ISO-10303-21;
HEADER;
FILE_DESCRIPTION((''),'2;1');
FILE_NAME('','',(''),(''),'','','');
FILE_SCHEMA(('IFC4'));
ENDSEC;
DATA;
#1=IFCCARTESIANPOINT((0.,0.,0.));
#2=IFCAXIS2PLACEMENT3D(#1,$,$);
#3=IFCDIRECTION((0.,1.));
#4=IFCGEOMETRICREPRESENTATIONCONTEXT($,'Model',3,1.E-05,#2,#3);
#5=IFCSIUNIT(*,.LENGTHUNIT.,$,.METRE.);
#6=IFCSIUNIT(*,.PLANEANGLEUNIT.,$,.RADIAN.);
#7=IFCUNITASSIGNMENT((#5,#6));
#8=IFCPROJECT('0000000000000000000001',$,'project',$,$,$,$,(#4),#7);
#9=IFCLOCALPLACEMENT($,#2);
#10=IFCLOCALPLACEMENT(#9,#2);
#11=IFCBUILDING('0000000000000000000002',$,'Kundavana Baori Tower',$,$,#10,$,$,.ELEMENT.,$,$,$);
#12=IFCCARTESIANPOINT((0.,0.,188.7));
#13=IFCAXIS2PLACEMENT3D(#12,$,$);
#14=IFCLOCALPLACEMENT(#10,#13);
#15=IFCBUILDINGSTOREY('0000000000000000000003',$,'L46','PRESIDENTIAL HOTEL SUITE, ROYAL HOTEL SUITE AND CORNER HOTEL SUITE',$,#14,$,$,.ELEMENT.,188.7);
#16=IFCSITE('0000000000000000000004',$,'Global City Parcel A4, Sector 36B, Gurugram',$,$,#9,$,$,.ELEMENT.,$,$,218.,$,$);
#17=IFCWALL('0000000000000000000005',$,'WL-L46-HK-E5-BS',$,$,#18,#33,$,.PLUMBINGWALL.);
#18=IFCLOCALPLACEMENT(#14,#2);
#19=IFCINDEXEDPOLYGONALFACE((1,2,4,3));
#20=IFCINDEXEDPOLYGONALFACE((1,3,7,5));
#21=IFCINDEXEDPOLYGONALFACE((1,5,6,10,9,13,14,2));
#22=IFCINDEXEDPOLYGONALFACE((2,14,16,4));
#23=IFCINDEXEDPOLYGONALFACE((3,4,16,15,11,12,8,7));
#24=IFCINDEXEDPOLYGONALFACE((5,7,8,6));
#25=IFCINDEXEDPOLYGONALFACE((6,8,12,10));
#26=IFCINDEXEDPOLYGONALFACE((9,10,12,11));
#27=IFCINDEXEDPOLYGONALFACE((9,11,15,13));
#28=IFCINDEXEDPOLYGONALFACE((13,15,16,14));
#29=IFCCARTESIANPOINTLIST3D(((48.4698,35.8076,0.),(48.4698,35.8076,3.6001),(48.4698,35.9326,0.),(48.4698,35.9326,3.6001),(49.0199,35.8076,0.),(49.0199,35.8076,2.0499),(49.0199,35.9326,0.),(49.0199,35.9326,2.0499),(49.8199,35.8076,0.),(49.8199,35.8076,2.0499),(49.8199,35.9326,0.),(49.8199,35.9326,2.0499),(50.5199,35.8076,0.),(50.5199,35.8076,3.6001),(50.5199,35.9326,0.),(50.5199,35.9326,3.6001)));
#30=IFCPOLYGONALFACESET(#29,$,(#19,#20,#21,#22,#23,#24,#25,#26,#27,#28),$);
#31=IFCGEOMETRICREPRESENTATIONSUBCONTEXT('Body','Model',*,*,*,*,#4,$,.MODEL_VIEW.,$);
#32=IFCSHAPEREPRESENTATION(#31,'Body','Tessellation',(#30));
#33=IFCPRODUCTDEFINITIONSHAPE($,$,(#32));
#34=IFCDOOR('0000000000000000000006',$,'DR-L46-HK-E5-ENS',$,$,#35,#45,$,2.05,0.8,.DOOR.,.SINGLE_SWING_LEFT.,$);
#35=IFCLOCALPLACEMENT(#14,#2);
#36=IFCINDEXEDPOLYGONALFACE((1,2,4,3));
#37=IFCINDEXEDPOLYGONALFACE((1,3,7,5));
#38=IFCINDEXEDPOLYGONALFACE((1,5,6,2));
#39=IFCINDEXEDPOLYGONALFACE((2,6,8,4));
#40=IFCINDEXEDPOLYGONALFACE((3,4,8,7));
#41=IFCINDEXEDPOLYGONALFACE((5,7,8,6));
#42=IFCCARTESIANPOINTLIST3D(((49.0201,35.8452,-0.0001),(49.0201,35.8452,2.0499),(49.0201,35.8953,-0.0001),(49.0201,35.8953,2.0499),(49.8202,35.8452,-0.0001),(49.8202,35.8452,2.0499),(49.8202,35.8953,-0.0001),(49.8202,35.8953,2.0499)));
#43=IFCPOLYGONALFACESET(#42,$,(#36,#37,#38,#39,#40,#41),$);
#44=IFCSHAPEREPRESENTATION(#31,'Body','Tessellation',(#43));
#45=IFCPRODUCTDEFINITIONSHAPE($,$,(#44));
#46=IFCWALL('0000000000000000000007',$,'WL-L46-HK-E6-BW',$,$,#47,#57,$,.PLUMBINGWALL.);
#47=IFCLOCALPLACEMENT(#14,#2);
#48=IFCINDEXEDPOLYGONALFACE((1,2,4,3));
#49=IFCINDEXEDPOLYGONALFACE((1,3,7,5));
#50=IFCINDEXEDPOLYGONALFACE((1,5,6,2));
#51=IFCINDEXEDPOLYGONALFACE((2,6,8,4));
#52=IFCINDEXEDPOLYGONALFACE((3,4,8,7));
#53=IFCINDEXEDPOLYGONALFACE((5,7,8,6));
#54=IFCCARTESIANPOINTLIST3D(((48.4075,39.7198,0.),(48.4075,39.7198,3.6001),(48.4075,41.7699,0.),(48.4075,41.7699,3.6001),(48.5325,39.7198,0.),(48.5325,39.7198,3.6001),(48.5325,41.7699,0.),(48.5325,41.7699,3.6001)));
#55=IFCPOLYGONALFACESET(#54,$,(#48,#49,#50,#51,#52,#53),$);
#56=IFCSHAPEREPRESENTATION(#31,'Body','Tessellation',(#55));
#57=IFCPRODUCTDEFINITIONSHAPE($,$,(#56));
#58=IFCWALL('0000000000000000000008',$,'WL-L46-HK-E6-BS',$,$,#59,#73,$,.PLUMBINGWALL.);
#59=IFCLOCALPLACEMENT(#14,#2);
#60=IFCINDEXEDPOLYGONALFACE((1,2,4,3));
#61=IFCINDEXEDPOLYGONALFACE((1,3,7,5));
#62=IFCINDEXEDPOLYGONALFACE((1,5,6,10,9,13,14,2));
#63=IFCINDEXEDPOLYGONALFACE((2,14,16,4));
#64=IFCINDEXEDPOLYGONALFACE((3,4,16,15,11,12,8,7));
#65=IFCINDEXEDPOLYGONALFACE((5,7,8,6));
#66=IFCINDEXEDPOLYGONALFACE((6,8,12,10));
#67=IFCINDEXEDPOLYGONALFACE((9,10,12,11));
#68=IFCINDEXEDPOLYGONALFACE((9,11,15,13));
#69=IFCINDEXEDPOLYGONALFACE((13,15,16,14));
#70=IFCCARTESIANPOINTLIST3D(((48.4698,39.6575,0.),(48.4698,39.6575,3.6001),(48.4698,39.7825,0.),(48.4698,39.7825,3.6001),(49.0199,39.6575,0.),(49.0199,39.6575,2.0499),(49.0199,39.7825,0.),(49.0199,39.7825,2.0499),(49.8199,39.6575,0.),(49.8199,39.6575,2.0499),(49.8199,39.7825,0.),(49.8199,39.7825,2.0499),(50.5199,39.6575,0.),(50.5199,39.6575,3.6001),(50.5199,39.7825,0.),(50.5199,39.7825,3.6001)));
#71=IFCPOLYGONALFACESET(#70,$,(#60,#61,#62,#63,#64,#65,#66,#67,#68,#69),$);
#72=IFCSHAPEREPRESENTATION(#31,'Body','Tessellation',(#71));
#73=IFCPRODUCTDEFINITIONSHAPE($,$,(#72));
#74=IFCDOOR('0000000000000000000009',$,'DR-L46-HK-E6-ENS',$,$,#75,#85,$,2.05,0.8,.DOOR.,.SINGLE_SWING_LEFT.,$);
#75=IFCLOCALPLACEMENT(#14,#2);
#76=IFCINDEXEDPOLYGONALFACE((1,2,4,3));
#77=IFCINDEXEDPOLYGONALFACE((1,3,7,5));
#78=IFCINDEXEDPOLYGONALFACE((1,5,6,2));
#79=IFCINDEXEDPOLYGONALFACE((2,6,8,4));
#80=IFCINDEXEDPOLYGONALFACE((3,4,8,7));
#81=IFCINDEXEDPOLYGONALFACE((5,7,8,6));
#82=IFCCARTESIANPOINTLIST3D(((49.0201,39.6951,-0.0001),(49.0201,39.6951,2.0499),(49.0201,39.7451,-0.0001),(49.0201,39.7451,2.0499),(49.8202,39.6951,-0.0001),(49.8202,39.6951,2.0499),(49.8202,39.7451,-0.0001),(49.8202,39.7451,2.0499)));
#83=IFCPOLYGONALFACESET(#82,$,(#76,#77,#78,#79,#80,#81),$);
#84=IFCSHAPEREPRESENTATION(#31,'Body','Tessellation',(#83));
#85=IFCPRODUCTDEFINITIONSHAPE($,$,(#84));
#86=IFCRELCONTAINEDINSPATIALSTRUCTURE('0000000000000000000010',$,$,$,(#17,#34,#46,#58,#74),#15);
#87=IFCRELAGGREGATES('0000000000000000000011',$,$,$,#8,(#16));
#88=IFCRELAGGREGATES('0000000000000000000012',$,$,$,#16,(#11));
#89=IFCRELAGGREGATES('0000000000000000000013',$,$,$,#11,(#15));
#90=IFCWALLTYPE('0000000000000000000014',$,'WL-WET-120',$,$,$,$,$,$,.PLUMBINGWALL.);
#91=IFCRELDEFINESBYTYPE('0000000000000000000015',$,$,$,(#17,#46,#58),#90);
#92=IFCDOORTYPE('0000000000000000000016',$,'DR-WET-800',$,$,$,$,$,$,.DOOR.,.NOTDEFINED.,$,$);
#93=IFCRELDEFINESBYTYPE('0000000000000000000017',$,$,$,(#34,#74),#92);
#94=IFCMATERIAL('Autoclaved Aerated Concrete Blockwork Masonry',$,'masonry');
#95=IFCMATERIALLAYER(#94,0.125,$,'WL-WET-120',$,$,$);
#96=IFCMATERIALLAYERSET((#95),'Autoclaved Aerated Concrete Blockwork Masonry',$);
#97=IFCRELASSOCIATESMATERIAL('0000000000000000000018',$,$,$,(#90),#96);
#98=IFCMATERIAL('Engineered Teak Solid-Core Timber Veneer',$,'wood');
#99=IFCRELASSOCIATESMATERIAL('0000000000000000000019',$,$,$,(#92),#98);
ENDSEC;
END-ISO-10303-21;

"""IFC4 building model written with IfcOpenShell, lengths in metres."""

from ifc_helpers import new_model, si_unit, direction, frame, frame_2d, origin, place, context, subcontext, project, spatial, rectangle, extrude, material, layer, layer_set, type_object, element, fill, save


model = new_model("IFC4")

# Units and contexts
model_context = context("Model", 3, precision=1e-05, world=origin(), true_north=direction((0.0, 1.0)))
body_context = subcontext(model_context, "Body", "Model", "MODEL_VIEW")
ifc_project = project(units=[si_unit("LENGTHUNIT", "METRE"), si_unit("PLANEANGLEUNIT", "RADIAN")], contexts=[model_context])

# Site, building, storey
site_placement = place(None, origin())
site = spatial("IfcSite", under=ifc_project, at=site_placement, Name="Global City Parcel A4, Sector 36B, Gurugram", CompositionType="ELEMENT", RefElevation=218.0)
building_placement = place(site_placement, origin())
building = spatial("IfcBuilding", under=site, at=building_placement, Name="Kundavana Baori Tower", CompositionType="ELEMENT")
storey_placement = place(building_placement, frame((0.0, 0.0, 188.7)))
storey = spatial("IfcBuildingStorey", under=building, at=storey_placement, Name="L46", Description="PRESIDENTIAL HOTEL SUITE, ROYAL HOTEL SUITE AND CORNER HOTEL SUITE", CompositionType="ELEMENT", Elevation=188.7)

# Wall, opening, door
ifc_material_1 = material(Name="Autoclaved Aerated Concrete Blockwork Masonry", Category="masonry")
ifc_layer_1 = layer(ifc_material_1, 0.125, Name="WL-WET-120")
ifc_layer_set_1 = layer_set([ifc_layer_1], Name="Autoclaved Aerated Concrete Blockwork Masonry")
wall_type_1 = type_object("IfcWallType", Name="WL-WET-120", PredefinedType="PLUMBINGWALL", material=ifc_layer_set_1)
wall_1_placement = place(storey_placement, frame((48.47, 35.8701, 0.0), z_axis=(0.0, 0.0, 1.0), x_axis=(1.0, 0.0, 0.0)))
wall_1 = element("IfcWall", 1, at=wall_1_placement, inside=storey, type_object=wall_type_1, Name="WL-L46-HK-E5-BS", PredefinedType="PLUMBINGWALL", context=body_context, shape_type="SweptSolid", body=[
    extrude(rectangle(XDim=2.05, YDim=0.125, at=frame_2d((1.0249, 0.0))), origin(), (0.0, 0.0, 1.0), 3.6001),
])
opening_1_placement = place(wall_1_placement, frame((0.55, 0.0, 0.0)))
opening_1 = element("IfcOpeningElement", 2, at=opening_1_placement, cuts=wall_1, PredefinedType="OPENING", context=body_context, shape_type="SweptSolid", body=[
    extrude(rectangle(XDim=0.8, YDim=2.05, at=frame_2d((0.3999, 1.0249))), frame((0.0, 0.0725, 0.0), z_axis=(0.0, -1.0, 0.0), x_axis=(1.0, 0.0, 0.0)), (0.0, 0.0, 1.0), 0.145),
])
ifc_material_2 = material(Name="Engineered Teak Solid-Core Timber Veneer", Category="wood")
door_type_1 = type_object("IfcDoorType", Name="DR-WET-800", OperationType="NOTDEFINED", PredefinedType="DOOR", material=ifc_material_2)
door_1_placement = place(opening_1_placement, frame((0.8, 0.0, 0.0), z_axis=(0.0, 0.0, 1.0), x_axis=(-1.0, 0.0, 0.0)))
door_1 = element("IfcDoor", 3, at=door_1_placement, inside=storey, type_object=door_type_1, Name="DR-L46-HK-E5-ENS", OperationType="SINGLE_SWING_LEFT", OverallHeight=2.05, OverallWidth=0.8, PredefinedType="DOOR", context=body_context, shape_type="SweptSolid", body=[
    extrude(rectangle(XDim=0.8, YDim=2.05, at=frame_2d((0.3999, 1.0249))), frame((0.0, 0.0249, 0.0), z_axis=(0.0, -1.0, 0.0), x_axis=(1.0, 0.0, 0.0)), (0.0, 0.0, 1.0), 0.05),
])
fill(opening_1, door_1)

# Wall
wall_2_placement = place(storey_placement, frame((48.47, 39.72, 0.0), z_axis=(0.0, 0.0, 1.0), x_axis=(0.0, 1.0, 0.0)))
element("IfcWall", 4, at=wall_2_placement, inside=storey, type_object=wall_type_1, Name="WL-L46-HK-E6-BW", PredefinedType="PLUMBINGWALL", context=body_context, shape_type="SweptSolid", body=[
    extrude(rectangle(XDim=2.05, YDim=0.125, at=frame_2d((1.0249, 0.0))), origin(), (0.0, 0.0, 1.0), 3.6001),
])

# Wall, opening, door
wall_3_placement = place(storey_placement, frame((48.47, 39.72, 0.0), z_axis=(0.0, 0.0, 1.0), x_axis=(1.0, 0.0, 0.0)))
wall_3 = element("IfcWall", 5, at=wall_3_placement, inside=storey, type_object=wall_type_1, Name="WL-L46-HK-E6-BS", PredefinedType="PLUMBINGWALL", context=body_context, shape_type="SweptSolid", body=[
    extrude(rectangle(XDim=2.05, YDim=0.125, at=frame_2d((1.0249, 0.0))), origin(), (0.0, 0.0, 1.0), 3.6001),
])
opening_2_placement = place(wall_3_placement, frame((0.55, 0.0, 0.0)))
opening_2 = element("IfcOpeningElement", 6, at=opening_2_placement, cuts=wall_3, PredefinedType="OPENING", context=body_context, shape_type="SweptSolid", body=[
    extrude(rectangle(XDim=0.8, YDim=2.05, at=frame_2d((0.3999, 1.0249))), frame((0.0, 0.0725, 0.0), z_axis=(0.0, -1.0, 0.0), x_axis=(1.0, 0.0, 0.0)), (0.0, 0.0, 1.0), 0.145),
])
door_2_placement = place(opening_2_placement, frame((0.8, 0.0, 0.0), z_axis=(0.0, 0.0, 1.0), x_axis=(-1.0, 0.0, 0.0)))
door_2 = element("IfcDoor", 7, at=door_2_placement, inside=storey, type_object=door_type_1, Name="DR-L46-HK-E6-ENS", OperationType="SINGLE_SWING_LEFT", OverallHeight=2.05, OverallWidth=0.8, PredefinedType="DOOR", context=body_context, shape_type="SweptSolid", body=[
    extrude(rectangle(XDim=0.8, YDim=2.05, at=frame_2d((0.3999, 1.0249))), frame((0.0, 0.0249, 0.0), z_axis=(0.0, -1.0, 0.0), x_axis=(1.0, 0.0, 0.0)), (0.0, 0.0, 1.0), 0.05),
])
fill(opening_2, door_2)

save(model, "model.ifc")
